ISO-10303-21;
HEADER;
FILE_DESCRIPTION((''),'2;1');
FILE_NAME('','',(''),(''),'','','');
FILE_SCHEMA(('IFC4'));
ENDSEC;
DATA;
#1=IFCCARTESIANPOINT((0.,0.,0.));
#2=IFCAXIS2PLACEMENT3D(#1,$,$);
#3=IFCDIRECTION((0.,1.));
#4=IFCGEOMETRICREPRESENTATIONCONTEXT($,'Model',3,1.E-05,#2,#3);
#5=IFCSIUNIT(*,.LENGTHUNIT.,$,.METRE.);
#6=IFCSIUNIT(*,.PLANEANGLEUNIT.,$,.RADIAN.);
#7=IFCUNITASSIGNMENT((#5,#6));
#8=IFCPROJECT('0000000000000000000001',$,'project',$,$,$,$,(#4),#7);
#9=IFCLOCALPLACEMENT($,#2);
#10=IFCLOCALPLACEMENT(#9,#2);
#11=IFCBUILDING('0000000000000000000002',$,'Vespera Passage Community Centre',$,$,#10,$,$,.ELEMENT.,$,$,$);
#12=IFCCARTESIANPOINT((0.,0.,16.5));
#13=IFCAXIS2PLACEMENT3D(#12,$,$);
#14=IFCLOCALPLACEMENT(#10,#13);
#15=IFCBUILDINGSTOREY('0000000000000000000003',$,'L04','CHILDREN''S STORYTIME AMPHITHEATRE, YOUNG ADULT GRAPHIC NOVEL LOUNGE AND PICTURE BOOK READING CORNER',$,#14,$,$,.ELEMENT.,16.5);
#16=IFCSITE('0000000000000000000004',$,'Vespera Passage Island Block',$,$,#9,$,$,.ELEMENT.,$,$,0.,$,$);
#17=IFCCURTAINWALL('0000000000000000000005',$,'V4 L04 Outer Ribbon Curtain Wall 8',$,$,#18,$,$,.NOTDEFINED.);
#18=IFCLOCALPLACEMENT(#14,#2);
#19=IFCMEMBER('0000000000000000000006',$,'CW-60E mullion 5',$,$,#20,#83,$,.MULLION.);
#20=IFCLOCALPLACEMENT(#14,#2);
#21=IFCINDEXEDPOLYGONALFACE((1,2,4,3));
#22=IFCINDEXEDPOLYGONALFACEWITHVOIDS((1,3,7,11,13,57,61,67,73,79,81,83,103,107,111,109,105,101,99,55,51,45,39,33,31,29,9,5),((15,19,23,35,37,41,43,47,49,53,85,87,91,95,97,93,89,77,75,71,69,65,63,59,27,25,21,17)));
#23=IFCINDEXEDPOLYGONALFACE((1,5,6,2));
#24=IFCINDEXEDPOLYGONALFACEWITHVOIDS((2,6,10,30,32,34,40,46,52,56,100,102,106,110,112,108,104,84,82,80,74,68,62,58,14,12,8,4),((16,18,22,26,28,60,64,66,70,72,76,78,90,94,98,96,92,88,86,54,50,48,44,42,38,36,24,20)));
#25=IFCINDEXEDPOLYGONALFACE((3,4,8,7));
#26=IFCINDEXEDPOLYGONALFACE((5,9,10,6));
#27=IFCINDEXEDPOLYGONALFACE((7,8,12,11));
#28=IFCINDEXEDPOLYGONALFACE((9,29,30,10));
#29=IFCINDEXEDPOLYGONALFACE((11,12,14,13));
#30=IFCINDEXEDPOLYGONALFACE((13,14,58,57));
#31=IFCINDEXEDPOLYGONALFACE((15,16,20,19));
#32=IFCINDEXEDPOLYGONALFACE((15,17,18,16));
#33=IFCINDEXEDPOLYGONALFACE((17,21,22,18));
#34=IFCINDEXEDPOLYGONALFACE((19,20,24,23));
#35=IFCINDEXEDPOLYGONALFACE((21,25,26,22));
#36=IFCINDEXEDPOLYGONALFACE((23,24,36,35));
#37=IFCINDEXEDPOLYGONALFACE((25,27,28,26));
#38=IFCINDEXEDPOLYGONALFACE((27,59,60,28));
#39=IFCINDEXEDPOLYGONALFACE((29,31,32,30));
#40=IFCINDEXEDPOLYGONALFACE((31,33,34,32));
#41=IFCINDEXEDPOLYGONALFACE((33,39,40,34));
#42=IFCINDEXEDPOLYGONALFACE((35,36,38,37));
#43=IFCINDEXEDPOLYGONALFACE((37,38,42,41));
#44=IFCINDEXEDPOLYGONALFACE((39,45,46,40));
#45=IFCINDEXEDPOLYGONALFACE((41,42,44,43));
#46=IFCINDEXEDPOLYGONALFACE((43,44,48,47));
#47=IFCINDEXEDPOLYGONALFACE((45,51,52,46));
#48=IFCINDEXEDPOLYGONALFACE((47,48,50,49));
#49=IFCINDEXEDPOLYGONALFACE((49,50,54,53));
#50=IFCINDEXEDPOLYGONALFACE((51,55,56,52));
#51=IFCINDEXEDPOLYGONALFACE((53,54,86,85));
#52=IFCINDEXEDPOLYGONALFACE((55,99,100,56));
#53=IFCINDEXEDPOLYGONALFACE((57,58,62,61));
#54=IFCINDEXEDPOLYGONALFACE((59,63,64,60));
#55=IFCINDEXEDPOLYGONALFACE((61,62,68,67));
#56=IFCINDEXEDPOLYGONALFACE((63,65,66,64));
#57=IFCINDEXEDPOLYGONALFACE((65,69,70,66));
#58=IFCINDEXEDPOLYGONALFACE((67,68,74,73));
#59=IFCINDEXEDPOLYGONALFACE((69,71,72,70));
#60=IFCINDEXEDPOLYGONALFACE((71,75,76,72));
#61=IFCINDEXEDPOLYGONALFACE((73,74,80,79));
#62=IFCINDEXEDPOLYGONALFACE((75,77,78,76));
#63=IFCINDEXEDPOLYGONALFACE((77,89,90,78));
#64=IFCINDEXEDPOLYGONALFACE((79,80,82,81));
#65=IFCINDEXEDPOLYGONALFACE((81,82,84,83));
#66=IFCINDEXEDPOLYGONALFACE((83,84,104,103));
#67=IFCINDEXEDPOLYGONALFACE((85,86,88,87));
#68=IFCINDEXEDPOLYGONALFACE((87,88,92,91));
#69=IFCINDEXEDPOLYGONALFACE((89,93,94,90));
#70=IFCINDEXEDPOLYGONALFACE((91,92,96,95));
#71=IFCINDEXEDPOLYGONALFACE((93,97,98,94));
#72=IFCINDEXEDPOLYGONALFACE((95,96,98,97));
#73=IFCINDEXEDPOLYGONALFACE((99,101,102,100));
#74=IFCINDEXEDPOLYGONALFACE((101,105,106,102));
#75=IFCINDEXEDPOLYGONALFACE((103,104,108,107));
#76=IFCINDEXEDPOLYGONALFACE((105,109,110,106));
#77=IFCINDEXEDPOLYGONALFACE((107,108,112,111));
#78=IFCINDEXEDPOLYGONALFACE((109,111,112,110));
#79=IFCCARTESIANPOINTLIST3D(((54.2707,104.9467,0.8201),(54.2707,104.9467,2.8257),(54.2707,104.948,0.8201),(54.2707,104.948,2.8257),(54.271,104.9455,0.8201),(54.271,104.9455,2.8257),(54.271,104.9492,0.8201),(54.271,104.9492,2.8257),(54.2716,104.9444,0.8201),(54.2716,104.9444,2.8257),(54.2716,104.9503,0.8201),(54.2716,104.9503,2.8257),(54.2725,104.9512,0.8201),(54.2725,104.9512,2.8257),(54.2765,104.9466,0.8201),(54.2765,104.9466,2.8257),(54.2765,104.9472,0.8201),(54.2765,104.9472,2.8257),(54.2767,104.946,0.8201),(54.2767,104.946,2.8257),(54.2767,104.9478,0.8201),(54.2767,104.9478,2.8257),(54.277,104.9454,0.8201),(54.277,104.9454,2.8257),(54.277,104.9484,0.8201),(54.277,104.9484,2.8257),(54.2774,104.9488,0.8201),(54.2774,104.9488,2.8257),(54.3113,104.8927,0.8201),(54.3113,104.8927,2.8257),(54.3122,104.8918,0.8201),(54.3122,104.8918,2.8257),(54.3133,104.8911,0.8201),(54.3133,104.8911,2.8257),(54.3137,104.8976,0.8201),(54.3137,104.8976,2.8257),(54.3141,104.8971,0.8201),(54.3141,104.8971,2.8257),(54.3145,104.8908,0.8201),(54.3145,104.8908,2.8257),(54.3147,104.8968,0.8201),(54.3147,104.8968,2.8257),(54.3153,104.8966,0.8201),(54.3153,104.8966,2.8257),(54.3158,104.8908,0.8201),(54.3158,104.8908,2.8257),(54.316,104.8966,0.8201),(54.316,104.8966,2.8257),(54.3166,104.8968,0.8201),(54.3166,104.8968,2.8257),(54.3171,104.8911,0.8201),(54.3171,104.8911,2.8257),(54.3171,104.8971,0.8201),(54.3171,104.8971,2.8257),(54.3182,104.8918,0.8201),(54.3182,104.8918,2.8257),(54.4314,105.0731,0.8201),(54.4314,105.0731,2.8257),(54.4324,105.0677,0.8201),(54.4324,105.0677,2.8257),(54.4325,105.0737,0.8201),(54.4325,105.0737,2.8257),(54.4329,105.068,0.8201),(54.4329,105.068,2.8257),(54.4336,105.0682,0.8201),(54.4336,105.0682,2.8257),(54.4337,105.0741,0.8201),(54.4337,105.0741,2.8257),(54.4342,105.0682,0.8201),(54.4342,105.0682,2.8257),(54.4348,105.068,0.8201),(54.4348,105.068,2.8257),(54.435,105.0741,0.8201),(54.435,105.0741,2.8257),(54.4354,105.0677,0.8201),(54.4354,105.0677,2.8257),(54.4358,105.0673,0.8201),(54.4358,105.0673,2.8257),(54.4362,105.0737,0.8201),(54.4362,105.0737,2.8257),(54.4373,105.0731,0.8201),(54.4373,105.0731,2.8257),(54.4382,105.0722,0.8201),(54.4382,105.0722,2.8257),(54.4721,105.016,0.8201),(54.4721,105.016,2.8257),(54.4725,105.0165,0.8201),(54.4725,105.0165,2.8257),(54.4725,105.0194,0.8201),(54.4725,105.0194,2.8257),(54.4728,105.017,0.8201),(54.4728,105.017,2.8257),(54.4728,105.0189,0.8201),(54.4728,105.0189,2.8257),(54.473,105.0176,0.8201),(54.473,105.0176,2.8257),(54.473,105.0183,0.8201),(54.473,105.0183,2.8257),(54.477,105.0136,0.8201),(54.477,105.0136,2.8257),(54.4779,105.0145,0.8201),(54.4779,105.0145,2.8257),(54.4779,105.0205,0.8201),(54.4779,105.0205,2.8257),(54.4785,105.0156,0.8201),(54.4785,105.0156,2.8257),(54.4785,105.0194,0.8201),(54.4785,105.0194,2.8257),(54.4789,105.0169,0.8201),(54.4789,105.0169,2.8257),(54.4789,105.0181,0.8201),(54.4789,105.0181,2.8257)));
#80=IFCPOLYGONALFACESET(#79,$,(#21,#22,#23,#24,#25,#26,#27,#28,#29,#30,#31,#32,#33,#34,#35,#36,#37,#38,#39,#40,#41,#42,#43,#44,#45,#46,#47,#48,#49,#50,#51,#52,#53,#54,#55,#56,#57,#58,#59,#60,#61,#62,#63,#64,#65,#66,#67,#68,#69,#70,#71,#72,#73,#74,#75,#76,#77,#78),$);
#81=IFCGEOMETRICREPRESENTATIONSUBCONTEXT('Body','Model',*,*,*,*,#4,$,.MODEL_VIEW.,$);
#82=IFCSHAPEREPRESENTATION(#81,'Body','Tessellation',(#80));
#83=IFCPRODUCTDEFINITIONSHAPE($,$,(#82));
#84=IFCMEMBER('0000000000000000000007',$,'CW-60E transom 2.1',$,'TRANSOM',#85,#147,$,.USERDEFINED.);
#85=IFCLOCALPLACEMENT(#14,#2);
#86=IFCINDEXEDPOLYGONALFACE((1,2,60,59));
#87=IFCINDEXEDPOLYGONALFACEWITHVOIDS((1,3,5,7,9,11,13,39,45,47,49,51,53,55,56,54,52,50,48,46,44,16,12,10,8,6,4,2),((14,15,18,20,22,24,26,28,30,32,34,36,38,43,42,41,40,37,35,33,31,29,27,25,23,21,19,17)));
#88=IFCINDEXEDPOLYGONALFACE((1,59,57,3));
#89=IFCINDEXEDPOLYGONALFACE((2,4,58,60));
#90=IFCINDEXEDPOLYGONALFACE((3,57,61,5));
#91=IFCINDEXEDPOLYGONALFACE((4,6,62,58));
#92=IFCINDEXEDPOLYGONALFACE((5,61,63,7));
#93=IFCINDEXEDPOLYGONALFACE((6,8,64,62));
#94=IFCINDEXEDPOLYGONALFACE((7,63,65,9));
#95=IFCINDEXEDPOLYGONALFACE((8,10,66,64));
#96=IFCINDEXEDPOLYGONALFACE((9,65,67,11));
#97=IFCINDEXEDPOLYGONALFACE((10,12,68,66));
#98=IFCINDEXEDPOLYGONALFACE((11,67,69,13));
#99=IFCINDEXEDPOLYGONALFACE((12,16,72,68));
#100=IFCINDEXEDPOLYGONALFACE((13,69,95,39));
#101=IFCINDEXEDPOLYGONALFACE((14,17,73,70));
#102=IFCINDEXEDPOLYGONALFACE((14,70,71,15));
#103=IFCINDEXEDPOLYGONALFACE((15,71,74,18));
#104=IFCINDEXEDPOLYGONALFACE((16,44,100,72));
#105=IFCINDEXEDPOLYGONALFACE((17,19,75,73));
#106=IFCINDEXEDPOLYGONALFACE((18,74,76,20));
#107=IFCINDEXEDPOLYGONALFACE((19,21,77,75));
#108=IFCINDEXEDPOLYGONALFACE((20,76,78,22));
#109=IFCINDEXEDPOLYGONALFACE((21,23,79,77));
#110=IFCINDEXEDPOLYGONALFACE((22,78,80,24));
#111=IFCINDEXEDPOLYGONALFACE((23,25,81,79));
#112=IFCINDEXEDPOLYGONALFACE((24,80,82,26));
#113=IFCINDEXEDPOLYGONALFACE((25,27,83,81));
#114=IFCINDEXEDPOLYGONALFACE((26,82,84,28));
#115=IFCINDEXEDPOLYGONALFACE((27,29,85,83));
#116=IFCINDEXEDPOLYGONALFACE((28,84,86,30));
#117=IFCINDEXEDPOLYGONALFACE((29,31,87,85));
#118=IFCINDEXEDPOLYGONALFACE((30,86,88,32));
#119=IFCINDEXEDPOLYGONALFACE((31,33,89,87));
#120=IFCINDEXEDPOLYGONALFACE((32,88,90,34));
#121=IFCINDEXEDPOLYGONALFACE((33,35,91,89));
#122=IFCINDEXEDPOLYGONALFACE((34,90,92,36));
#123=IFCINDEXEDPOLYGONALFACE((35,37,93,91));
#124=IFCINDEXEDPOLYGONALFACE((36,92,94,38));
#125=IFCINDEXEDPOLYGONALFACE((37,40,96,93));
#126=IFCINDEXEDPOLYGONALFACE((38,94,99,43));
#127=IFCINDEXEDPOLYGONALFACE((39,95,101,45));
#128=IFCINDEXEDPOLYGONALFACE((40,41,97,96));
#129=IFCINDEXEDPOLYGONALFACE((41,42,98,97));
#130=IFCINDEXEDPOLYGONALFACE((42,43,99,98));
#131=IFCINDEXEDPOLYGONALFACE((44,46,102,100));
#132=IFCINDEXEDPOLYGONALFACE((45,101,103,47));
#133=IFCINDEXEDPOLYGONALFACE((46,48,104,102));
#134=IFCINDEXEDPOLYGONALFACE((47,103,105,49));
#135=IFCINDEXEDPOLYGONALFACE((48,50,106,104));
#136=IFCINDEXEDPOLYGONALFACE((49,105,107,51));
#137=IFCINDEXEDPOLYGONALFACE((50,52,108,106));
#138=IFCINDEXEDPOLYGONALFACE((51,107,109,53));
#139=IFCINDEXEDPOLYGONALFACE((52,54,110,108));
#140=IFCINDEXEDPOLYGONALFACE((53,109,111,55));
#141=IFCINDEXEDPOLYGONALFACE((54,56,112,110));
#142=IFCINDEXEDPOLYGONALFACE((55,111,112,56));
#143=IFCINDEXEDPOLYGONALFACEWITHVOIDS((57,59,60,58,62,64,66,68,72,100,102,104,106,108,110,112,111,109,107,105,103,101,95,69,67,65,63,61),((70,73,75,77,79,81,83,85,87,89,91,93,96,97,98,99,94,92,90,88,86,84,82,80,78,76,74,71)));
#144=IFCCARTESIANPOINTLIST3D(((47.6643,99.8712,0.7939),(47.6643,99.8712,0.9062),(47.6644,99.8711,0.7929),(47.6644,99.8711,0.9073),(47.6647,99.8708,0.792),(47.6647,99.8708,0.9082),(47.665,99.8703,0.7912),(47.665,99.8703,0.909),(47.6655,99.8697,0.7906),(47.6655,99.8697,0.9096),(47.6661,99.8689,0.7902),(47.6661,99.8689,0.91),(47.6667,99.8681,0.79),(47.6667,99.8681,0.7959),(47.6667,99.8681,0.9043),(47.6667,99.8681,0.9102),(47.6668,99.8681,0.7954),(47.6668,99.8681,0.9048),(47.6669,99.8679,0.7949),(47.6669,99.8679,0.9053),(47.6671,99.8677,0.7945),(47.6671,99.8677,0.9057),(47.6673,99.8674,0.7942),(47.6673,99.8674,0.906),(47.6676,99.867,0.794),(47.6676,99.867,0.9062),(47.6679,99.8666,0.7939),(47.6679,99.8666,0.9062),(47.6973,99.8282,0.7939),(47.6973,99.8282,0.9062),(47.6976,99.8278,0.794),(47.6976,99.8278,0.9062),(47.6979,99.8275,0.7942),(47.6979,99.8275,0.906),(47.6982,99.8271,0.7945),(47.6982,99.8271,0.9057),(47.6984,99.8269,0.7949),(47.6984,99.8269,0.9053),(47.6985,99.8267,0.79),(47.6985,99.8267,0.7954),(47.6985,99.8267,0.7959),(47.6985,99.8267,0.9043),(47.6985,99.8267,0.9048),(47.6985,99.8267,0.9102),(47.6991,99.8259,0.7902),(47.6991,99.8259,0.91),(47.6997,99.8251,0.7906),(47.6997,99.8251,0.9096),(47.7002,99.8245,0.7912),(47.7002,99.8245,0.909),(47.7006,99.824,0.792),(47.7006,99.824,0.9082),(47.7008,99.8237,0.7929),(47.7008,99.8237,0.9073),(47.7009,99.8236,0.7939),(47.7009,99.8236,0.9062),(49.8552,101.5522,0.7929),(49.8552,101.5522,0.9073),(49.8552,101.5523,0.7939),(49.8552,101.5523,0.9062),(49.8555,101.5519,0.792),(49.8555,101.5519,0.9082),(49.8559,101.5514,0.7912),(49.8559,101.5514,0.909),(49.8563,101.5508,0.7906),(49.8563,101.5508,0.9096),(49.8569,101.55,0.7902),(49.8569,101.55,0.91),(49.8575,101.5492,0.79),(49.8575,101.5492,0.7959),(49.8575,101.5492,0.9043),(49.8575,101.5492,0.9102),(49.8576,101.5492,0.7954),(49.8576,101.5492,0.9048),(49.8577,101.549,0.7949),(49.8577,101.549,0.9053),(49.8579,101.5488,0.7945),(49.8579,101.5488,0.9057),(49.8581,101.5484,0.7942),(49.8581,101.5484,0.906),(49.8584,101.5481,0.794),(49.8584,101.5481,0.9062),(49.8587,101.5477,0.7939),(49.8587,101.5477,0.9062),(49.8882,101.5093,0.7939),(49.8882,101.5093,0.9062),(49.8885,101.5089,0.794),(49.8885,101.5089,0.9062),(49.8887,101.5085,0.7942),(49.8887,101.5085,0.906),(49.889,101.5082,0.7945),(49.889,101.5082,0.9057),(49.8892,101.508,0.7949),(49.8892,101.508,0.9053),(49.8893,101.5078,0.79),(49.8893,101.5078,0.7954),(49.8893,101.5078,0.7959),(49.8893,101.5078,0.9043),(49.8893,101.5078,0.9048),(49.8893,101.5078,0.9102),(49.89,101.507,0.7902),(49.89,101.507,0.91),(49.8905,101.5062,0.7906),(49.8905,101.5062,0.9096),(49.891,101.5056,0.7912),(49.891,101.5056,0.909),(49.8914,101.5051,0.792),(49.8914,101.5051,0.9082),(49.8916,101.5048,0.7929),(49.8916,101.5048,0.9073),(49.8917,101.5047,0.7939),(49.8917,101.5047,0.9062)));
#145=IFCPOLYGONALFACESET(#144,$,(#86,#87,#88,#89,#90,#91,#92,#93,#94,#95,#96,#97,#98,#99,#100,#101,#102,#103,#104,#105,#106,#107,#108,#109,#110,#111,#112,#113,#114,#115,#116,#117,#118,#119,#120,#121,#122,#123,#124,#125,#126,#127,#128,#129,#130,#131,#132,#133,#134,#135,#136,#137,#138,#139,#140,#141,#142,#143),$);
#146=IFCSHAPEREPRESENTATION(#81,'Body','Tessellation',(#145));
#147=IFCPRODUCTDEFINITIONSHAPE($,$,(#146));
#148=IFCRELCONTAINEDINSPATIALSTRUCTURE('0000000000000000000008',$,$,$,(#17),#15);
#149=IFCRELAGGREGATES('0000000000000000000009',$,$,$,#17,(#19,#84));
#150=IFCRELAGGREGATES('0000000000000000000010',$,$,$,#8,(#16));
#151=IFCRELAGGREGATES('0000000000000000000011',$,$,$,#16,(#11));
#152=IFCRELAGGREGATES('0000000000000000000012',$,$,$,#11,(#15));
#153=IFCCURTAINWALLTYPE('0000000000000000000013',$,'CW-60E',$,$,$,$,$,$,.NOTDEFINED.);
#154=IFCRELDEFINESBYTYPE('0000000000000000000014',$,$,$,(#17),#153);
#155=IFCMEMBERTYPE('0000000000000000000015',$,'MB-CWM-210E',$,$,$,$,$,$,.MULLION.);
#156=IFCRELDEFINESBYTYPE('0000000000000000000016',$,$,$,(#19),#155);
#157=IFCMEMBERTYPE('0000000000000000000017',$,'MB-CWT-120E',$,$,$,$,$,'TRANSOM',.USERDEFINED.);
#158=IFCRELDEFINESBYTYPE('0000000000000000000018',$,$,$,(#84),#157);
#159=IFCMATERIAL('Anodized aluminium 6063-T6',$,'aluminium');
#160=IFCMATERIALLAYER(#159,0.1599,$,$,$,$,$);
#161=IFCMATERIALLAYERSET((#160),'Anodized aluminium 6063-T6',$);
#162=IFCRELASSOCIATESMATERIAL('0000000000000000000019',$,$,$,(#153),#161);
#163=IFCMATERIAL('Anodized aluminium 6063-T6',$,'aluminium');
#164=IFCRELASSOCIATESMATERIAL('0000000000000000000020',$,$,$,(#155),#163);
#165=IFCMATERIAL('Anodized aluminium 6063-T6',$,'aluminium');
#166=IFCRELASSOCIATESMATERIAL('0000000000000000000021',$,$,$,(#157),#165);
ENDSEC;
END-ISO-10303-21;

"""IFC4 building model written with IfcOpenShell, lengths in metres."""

from ifc_helpers import new_model, si_unit, direction, frame, origin, origin_2d, place, context, subcontext, project, spatial, hollow_rectangle, extrude, material, layer, layer_set, material_profile, profile_set, type_object, element, aggregate, save


model = new_model("IFC4")

# Units and contexts
model_context = context("Model", 3, precision=1e-05, world=origin(), true_north=direction((0.0, 1.0)))
body_context = subcontext(model_context, "Body", "Model", "MODEL_VIEW")
ifc_project = project(units=[si_unit("LENGTHUNIT", "METRE"), si_unit("PLANEANGLEUNIT", "RADIAN")], contexts=[model_context])

# Site, building, storey
site_placement = place(None, origin())
site = spatial("IfcSite", under=ifc_project, at=site_placement, Name="Vespera Passage Island Block", CompositionType="ELEMENT", RefElevation=0.0)
building_placement = place(site_placement, origin())
building = spatial("IfcBuilding", under=site, at=building_placement, Name="Vespera Passage Community Centre", CompositionType="ELEMENT")
storey_placement = place(building_placement, frame((0.0, 0.0, 16.5)))
storey = spatial("IfcBuildingStorey", under=building, at=storey_placement, Name="L04", Description="CHILDREN'S STORYTIME AMPHITHEATRE, YOUNG ADULT GRAPHIC NOVEL LOUNGE AND PICTURE BOOK READING CORNER", CompositionType="ELEMENT", Elevation=16.5)

# Curtain wall, members
ifc_material_1 = material(Name="Anodized aluminium 6063-T6", Category="aluminium")
ifc_layer_1 = layer(ifc_material_1, 0.1599)
ifc_layer_set_1 = layer_set([ifc_layer_1], Name="Anodized aluminium 6063-T6")
curtain_wall_type = type_object("IfcCurtainWallType", Name="CW-60E", PredefinedType="NOTDEFINED", material=ifc_layer_set_1)
curtain_wall_placement = place(storey_placement, origin())
curtain_wall = element("IfcCurtainWall", 1, at=curtain_wall_placement, inside=storey, type_object=curtain_wall_type, Name="V4 L04 Outer Ribbon Curtain Wall 8", PredefinedType="NOTDEFINED")
ifc_material_2 = material(Name="Anodized aluminium 6063-T6", Category="aluminium")
ifc_material_profile_1 = material_profile(ifc_material_2, hollow_rectangle(XDim=0.075, YDim=0.21, WallThickness=0.0049, InnerFilletRadius=0.0024, OuterFilletRadius=0.0049, at=origin_2d()), Name="ALU210X75X5")
ifc_profile_set_1 = profile_set([ifc_material_profile_1], Name="Anodized aluminium 6063-T6")
member_type_1 = type_object("IfcMemberType", Name="MB-CWM-210E", PredefinedType="MULLION", material=ifc_profile_set_1)
member_1_placement = place(storey_placement, frame((54.3748, 104.9824, 0.8201), z_axis=(0.0, 0.0, 1.0), x_axis=(-0.608768, 0.793348, 0.0)))
member_1 = element("IfcMember", 2, at=member_1_placement, type_object=member_type_1, Name="CW-60E mullion 5", PredefinedType="MULLION", context=body_context, shape_type="SweptSolid", body=[
    extrude(hollow_rectangle(XDim=0.075, YDim=0.21, WallThickness=0.0049, InnerFilletRadius=0.0024, OuterFilletRadius=0.0049, at=origin_2d()), origin(), (0.0, 0.0, 1.0), 2.0056),
])
ifc_material_3 = material(Name="Anodized aluminium 6063-T6", Category="aluminium")
ifc_material_profile_2 = material_profile(ifc_material_3, hollow_rectangle(XDim=0.0601, YDim=0.1201, WallThickness=0.0039, InnerFilletRadius=0.002, OuterFilletRadius=0.0039, at=origin_2d()), Name="ALU120X60X4")
ifc_profile_set_2 = profile_set([ifc_material_profile_2], Name="Anodized aluminium 6063-T6")
member_type_2 = type_object("IfcMemberType", Name="MB-CWT-120E", ElementType="TRANSOM", PredefinedType="USERDEFINED", material=ifc_profile_set_2)
member_2_placement = place(storey_placement, frame((47.6826, 99.8474, 0.8501), z_axis=(0.793353, 0.608762, 0.0), x_axis=(-0.608762, 0.793353, 0.0)))
member_2 = element("IfcMember", 3, at=member_2_placement, type_object=member_type_2, Name="CW-60E transom 2.1", ObjectType="TRANSOM", PredefinedType="USERDEFINED", context=body_context, shape_type="SweptSolid", body=[
    extrude(hollow_rectangle(XDim=0.0601, YDim=0.1201, WallThickness=0.0039, InnerFilletRadius=0.002, OuterFilletRadius=0.0039, at=origin_2d()), origin(), (0.0, 0.0, 1.0), 2.7615),
])
aggregate(curtain_wall, [member_1, member_2])

save(model, "model.ifc")
